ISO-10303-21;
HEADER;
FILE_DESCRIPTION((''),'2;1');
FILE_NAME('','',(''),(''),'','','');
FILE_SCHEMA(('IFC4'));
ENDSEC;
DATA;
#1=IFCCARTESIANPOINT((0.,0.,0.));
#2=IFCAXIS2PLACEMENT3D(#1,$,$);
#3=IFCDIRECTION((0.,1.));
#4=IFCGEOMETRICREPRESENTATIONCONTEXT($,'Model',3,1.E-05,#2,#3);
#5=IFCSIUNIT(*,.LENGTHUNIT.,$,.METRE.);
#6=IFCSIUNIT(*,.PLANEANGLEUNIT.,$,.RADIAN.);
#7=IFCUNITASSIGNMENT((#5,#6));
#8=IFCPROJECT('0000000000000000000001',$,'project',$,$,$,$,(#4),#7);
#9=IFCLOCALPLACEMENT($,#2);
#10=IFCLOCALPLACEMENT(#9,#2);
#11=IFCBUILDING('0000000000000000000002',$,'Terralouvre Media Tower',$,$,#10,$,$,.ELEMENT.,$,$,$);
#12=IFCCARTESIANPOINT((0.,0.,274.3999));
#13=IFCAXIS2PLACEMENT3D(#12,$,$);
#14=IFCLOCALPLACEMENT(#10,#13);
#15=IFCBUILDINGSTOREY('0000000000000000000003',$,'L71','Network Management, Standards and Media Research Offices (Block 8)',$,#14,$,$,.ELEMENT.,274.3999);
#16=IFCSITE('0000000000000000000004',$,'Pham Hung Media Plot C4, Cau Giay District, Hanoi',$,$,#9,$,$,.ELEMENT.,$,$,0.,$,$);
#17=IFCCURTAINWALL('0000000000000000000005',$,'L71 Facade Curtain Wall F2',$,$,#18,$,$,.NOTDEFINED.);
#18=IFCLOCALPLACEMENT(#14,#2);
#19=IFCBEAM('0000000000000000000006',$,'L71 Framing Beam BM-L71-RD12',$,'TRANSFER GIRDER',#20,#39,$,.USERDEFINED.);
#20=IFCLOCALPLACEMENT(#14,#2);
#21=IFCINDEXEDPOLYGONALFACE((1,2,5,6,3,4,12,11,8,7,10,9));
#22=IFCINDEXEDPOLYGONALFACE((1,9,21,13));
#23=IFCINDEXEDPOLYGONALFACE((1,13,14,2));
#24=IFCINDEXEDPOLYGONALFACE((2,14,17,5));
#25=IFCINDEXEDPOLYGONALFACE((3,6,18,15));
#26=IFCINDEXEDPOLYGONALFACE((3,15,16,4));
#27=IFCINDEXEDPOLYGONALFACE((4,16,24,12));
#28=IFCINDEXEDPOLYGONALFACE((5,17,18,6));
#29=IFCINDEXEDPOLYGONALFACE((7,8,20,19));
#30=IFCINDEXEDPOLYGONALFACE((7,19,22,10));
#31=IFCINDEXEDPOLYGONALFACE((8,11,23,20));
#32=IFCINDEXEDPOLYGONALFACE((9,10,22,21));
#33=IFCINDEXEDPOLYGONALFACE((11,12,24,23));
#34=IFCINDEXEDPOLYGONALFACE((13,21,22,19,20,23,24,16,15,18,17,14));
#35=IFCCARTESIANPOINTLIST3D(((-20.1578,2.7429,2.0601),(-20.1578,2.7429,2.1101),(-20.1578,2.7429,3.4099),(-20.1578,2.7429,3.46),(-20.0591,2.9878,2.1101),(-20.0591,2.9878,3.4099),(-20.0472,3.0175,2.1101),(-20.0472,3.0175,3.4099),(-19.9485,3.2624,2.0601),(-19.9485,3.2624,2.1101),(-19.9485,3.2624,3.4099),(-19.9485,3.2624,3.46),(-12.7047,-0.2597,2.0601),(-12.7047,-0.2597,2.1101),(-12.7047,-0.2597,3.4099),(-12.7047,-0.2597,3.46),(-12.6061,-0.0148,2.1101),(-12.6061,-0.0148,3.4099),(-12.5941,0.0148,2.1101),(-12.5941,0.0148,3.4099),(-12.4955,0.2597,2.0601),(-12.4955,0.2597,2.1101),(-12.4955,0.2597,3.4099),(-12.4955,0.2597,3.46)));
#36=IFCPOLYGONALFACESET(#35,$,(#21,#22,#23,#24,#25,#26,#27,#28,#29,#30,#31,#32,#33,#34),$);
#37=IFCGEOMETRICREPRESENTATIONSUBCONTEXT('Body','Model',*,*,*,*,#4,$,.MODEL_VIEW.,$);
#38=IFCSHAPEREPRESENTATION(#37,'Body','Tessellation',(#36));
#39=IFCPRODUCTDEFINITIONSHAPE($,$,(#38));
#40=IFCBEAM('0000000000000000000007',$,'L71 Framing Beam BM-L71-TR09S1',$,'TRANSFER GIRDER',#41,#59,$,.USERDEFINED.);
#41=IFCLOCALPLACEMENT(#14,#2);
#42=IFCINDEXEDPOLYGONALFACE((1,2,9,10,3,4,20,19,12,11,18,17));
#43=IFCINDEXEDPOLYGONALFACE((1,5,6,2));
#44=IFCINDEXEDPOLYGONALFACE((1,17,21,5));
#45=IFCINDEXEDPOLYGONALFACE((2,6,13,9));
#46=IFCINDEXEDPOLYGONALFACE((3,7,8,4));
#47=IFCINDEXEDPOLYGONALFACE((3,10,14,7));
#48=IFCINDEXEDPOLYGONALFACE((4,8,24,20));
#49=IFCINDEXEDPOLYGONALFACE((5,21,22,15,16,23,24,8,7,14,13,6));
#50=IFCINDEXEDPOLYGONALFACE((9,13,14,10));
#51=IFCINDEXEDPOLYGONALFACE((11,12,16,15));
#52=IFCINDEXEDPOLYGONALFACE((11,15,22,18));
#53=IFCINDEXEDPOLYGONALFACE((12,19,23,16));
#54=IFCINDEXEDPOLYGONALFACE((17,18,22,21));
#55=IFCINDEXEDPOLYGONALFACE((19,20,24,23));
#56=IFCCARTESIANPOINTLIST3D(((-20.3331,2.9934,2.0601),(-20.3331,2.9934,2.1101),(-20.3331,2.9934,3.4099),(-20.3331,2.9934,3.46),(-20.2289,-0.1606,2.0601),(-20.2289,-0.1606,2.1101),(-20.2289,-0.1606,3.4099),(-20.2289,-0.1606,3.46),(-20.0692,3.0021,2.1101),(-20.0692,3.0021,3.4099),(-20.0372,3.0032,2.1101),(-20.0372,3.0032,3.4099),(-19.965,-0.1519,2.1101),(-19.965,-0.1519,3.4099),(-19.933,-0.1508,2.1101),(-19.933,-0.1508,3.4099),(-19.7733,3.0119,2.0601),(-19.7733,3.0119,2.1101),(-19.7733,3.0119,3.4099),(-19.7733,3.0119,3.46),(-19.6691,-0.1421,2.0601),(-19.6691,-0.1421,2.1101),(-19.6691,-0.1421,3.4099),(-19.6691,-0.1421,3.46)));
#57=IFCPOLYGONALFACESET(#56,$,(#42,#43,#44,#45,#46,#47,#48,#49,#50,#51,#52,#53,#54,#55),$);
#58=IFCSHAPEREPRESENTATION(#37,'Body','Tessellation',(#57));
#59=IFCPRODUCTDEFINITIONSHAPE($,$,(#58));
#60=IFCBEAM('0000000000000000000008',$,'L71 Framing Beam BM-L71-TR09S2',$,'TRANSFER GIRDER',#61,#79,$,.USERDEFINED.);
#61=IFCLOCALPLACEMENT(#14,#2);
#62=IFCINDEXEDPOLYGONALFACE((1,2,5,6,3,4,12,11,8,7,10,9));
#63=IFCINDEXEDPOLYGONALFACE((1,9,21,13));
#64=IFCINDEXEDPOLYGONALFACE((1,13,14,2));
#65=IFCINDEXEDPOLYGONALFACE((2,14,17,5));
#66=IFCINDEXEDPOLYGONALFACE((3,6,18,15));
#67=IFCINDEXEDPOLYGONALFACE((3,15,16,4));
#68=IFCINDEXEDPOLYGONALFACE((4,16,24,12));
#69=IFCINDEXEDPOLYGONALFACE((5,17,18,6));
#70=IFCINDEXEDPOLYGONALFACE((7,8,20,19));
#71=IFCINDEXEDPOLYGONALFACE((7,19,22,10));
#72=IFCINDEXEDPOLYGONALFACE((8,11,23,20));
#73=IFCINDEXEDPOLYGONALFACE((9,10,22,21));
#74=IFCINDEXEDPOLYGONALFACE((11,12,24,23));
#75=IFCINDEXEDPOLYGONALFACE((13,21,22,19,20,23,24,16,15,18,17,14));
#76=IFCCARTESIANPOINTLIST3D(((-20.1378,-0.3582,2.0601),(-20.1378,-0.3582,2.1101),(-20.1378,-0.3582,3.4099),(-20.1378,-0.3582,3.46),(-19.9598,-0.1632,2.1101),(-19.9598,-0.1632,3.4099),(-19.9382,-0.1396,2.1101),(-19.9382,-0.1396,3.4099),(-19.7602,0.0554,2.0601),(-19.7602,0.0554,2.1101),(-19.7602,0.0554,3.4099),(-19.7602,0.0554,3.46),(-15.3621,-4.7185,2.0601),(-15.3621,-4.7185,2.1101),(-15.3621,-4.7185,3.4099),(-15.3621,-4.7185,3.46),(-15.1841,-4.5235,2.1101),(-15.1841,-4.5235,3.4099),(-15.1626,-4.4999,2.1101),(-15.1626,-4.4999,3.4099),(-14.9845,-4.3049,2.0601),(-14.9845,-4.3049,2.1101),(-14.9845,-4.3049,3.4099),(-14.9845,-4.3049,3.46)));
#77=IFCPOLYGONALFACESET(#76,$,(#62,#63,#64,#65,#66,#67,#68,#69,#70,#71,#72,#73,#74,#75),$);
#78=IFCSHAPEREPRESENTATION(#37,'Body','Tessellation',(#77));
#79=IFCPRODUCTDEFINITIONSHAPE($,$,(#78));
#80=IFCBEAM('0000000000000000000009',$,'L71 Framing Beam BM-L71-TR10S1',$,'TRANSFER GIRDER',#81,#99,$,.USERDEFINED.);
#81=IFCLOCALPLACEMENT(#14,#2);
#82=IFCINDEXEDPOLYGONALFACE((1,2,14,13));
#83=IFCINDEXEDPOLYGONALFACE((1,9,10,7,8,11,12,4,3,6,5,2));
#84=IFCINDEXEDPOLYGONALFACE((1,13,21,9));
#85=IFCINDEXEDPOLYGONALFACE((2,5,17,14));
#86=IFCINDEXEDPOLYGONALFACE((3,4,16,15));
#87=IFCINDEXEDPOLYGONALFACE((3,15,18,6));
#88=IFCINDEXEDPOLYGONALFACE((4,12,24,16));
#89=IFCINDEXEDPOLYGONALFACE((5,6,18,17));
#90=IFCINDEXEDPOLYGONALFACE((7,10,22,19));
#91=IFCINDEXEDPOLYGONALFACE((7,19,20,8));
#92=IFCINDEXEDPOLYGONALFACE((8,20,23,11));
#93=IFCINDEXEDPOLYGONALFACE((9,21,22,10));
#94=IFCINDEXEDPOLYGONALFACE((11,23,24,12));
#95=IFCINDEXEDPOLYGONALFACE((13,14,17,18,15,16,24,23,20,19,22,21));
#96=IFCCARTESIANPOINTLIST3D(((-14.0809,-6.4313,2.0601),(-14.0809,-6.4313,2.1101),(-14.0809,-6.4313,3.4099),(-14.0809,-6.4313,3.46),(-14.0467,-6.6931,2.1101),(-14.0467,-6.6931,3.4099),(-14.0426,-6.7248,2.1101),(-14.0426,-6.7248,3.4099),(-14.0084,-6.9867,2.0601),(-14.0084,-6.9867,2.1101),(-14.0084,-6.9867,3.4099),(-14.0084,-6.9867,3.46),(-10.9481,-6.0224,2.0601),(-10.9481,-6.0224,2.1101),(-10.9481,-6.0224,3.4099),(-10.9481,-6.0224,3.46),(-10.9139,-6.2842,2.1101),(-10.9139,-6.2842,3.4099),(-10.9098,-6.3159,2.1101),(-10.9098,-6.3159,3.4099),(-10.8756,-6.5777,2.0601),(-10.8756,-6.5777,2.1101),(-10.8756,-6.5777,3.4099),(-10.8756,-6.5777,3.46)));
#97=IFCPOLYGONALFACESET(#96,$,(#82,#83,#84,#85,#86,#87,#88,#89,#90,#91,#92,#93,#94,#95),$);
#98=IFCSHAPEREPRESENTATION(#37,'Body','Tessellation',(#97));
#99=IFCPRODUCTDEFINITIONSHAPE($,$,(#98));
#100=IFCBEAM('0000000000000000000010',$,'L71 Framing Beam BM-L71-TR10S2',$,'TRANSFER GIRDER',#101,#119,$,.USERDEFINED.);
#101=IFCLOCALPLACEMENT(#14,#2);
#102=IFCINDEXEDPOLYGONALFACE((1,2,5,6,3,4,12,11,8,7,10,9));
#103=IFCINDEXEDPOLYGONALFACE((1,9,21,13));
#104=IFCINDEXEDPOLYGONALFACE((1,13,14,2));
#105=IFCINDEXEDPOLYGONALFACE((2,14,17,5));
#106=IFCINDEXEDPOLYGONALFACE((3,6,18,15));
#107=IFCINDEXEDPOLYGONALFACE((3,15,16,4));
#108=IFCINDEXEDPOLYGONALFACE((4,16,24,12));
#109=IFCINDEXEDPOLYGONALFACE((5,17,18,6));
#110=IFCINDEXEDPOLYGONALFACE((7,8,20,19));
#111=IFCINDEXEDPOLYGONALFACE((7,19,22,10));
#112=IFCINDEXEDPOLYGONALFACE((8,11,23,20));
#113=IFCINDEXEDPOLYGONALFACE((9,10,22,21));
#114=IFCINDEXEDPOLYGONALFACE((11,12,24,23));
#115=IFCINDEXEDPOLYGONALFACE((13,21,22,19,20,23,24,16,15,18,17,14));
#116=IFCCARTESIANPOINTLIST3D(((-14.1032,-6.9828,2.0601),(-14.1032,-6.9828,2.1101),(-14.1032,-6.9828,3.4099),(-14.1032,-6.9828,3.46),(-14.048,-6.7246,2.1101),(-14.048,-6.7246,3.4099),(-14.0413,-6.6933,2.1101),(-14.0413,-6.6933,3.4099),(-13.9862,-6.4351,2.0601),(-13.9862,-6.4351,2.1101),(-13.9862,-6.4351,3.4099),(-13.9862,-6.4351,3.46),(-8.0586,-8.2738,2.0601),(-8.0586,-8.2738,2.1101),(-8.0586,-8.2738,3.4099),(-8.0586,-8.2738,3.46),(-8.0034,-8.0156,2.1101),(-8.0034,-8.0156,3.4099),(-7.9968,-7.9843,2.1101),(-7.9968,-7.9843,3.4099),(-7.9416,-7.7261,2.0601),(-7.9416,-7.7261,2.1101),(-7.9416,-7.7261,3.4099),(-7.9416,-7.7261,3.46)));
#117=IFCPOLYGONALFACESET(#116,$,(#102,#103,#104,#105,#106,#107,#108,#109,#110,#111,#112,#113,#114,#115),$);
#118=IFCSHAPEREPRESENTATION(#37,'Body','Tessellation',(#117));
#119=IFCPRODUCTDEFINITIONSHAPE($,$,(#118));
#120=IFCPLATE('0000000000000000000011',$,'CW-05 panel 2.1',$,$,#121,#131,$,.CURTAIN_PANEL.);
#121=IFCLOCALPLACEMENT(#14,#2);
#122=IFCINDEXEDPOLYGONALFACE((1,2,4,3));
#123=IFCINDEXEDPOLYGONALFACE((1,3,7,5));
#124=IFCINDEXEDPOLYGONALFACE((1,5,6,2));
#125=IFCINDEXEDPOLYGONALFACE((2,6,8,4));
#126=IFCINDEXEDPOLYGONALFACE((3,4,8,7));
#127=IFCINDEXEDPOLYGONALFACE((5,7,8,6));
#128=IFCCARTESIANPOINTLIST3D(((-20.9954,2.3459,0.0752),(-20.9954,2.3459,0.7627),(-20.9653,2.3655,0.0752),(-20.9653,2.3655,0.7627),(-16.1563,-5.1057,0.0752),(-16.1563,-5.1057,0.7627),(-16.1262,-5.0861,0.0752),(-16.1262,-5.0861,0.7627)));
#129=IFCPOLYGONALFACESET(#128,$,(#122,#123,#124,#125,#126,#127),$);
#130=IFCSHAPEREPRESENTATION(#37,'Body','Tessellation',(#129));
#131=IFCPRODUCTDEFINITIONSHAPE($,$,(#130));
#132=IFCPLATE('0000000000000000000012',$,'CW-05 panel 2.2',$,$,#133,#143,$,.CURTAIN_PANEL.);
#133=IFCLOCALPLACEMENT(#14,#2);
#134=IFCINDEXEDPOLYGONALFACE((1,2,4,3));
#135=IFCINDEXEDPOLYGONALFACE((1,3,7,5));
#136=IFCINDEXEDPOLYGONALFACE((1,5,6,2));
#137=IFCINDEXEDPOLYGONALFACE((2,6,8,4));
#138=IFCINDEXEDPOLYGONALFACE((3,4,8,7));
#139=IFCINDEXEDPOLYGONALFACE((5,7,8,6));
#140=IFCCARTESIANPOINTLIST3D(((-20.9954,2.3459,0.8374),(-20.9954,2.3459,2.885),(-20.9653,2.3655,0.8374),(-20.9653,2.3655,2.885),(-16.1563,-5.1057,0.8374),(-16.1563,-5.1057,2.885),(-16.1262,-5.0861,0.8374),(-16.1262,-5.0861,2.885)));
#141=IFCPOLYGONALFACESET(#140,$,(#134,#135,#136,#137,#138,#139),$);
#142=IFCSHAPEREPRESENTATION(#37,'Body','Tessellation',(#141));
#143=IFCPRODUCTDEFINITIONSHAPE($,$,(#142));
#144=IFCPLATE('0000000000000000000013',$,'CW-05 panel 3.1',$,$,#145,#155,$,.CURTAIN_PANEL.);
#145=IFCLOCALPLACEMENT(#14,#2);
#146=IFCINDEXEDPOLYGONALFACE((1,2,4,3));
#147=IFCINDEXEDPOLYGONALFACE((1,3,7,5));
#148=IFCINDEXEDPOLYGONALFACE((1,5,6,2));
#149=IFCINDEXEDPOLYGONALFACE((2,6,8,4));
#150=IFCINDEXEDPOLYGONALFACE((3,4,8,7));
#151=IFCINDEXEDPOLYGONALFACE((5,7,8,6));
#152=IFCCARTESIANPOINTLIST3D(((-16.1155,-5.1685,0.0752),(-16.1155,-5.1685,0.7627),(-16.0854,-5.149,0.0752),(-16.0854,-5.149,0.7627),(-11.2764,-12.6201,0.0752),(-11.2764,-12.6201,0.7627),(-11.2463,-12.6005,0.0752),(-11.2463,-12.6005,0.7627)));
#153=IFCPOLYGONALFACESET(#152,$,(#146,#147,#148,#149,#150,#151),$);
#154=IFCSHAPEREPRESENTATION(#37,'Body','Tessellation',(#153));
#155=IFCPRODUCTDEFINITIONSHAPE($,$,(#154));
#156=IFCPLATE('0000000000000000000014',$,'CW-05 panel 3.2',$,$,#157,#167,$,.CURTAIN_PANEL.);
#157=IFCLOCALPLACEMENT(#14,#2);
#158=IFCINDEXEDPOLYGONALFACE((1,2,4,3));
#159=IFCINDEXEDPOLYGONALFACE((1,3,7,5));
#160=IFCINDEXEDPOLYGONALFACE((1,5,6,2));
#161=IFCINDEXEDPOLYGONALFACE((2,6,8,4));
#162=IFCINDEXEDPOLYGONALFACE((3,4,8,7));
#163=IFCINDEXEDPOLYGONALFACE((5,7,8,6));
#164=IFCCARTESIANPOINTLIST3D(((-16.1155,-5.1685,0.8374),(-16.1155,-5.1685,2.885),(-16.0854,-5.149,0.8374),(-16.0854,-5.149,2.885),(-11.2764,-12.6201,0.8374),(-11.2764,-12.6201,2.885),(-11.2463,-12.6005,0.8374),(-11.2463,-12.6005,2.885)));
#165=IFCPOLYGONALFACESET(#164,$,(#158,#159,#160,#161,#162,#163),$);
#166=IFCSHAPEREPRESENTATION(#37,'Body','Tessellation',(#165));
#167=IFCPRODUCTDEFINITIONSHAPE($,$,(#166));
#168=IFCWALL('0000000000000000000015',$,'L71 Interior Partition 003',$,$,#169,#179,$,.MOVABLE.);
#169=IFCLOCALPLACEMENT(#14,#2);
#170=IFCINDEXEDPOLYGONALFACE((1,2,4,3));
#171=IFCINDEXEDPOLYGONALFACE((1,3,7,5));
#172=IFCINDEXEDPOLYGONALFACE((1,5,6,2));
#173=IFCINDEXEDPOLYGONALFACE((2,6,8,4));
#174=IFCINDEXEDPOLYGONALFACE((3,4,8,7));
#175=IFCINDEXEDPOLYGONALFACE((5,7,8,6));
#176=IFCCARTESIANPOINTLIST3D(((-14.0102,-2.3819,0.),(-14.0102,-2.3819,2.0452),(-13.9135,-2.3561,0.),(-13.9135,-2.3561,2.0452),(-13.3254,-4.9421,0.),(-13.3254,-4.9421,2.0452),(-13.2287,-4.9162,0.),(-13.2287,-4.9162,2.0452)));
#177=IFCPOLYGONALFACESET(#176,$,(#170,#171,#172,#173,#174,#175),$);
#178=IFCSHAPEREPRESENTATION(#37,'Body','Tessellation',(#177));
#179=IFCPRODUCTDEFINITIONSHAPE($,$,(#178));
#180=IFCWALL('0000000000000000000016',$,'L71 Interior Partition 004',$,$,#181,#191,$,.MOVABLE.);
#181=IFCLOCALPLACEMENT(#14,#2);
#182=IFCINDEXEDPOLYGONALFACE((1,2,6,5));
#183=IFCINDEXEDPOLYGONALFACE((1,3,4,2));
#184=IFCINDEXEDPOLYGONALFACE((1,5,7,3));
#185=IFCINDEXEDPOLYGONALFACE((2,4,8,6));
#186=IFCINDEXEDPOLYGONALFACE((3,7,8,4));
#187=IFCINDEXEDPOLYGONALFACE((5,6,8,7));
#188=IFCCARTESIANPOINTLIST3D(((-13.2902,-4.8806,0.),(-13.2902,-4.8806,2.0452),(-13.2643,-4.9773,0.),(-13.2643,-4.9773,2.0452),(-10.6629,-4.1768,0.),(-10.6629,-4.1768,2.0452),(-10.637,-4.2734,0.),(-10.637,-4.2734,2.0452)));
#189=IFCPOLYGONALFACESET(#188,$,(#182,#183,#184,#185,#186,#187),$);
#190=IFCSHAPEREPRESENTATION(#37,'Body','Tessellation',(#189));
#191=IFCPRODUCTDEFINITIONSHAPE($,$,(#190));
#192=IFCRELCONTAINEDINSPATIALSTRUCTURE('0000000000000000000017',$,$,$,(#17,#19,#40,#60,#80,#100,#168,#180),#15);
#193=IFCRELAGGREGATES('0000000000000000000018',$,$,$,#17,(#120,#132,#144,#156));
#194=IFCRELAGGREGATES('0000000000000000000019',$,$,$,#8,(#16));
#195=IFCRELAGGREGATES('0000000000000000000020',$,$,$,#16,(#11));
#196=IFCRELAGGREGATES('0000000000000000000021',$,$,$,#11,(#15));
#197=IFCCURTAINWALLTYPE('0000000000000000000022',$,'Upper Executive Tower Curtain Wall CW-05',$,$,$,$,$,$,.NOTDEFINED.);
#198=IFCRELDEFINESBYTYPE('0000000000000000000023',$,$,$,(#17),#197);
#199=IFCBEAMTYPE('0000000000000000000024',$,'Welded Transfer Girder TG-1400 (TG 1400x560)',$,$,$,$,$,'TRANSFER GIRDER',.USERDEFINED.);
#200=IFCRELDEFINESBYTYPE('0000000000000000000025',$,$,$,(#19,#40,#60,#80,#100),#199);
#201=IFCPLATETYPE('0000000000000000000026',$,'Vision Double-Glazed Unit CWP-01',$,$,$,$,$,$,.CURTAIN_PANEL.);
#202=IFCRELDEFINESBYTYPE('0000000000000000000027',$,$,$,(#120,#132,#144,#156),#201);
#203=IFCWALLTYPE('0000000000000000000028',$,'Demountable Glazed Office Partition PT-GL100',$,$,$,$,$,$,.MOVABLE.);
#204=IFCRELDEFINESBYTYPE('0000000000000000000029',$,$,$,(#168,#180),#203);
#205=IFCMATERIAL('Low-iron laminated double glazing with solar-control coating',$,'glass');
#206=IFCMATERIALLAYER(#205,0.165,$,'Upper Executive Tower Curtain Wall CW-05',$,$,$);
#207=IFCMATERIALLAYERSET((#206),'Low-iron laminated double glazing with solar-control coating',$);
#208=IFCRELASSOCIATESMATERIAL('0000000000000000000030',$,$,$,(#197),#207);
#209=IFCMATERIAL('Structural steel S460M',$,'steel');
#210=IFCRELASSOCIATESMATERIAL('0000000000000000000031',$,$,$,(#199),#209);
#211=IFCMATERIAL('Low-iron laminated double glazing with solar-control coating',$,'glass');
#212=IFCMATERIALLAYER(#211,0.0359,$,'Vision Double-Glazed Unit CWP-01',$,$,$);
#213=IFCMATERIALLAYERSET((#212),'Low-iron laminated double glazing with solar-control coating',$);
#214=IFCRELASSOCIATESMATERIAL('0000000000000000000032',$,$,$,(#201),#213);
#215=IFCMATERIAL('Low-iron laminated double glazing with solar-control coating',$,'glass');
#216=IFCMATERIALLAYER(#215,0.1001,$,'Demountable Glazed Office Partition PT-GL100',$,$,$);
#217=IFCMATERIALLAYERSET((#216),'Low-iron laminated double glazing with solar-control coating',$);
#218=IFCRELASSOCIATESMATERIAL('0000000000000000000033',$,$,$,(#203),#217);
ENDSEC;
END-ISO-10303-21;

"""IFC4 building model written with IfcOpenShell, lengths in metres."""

from ifc_helpers import new_model, si_unit, direction, frame, frame_2d, origin, origin_2d, place, context, subcontext, project, spatial, rectangle, i_section, extrude, material, layer, layer_set, material_profile, profile_set, type_object, element, aggregate, save


model = new_model("IFC4")

# Units and contexts
model_context = context("Model", 3, precision=1e-05, world=origin(), true_north=direction((0.0, 1.0)))
body_context = subcontext(model_context, "Body", "Model", "MODEL_VIEW")
ifc_project = project(units=[si_unit("LENGTHUNIT", "METRE"), si_unit("PLANEANGLEUNIT", "RADIAN")], contexts=[model_context])

# Site, building, storey
site_placement = place(None, origin())
site = spatial("IfcSite", under=ifc_project, at=site_placement, Name="Pham Hung Media Plot C4, Cau Giay District, Hanoi", CompositionType="ELEMENT", RefElevation=0.0)
building_placement = place(site_placement, origin())
building = spatial("IfcBuilding", under=site, at=building_placement, Name="Terralouvre Media Tower", CompositionType="ELEMENT")
storey_placement = place(building_placement, frame((0.0, 0.0, 274.3999)))
storey = spatial("IfcBuildingStorey", under=building, at=storey_placement, Name="L71", Description="Network Management, Standards and Media Research Offices (Block 8)", CompositionType="ELEMENT", Elevation=274.3999)

# Curtain wall
ifc_material_1 = material(Name="Low-iron laminated double glazing with solar-control coating", Category="glass")
ifc_layer_1 = layer(ifc_material_1, 0.165, Name="Upper Executive Tower Curtain Wall CW-05")
ifc_layer_set_1 = layer_set([ifc_layer_1], Name="Low-iron laminated double glazing with solar-control coating")
curtain_wall_type = type_object("IfcCurtainWallType", Name="Upper Executive Tower Curtain Wall CW-05", PredefinedType="NOTDEFINED", material=ifc_layer_set_1)
curtain_wall_placement = place(storey_placement, origin())
curtain_wall = element("IfcCurtainWall", 1, at=curtain_wall_placement, inside=storey, type_object=curtain_wall_type, Name="L71 Facade Curtain Wall F2", PredefinedType="NOTDEFINED")

# Beams
ifc_material_2 = material(Name="Structural steel S460M", Category="steel")
ifc_material_profile_1 = material_profile(ifc_material_2, i_section(OverallWidth=0.5601, OverallDepth=1.3999, WebThickness=0.032, FlangeThickness=0.05, at=origin_2d()), Name="TG 1400x560")
ifc_profile_set_1 = profile_set([ifc_material_profile_1], Name="Structural steel S460M")
beam_type_1 = type_object("IfcBeamType", Name="Welded Transfer Girder TG-1400 (TG 1400x560)", ElementType="TRANSFER GIRDER", PredefinedType="USERDEFINED", material=ifc_profile_set_1)
beam_1_placement = place(storey_placement, frame((-12.6001, 0.0, 2.76), z_axis=(-0.927554, 0.373689, 0.0), x_axis=(-0.373689, -0.927554, 0.0)))
element("IfcBeam", 2, at=beam_1_placement, inside=storey, type_object=beam_type_1, Name="L71 Framing Beam BM-L71-RD12", ObjectType="TRANSFER GIRDER", PredefinedType="USERDEFINED", context=body_context, shape_type="SweptSolid", body=[
    extrude(i_section(OverallWidth=0.5601, OverallDepth=1.3999, WebThickness=0.032, FlangeThickness=0.05, at=origin_2d()), origin(), (0.0, 0.0, 1.0), 8.0352),
])
beam_2_placement = place(storey_placement, frame((-19.949, -0.1514, 2.76), z_axis=(-0.033034, 0.999454, 0.0), x_axis=(-0.999454, -0.033034, 0.0)))
element("IfcBeam", 3, at=beam_2_placement, inside=storey, type_object=beam_type_1, Name="L71 Framing Beam BM-L71-TR09S1", ObjectType="TRANSFER GIRDER", PredefinedType="USERDEFINED", context=body_context, shape_type="SweptSolid", body=[
    extrude(i_section(OverallWidth=0.5601, OverallDepth=1.3999, WebThickness=0.032, FlangeThickness=0.05, at=origin_2d()), origin(), (0.0, 0.0, 1.0), 3.1558),
])
beam_3_placement = place(storey_placement, frame((-19.949, -0.1514, 2.76), z_axis=(0.738486, -0.674268, 0.0), x_axis=(0.674268, 0.738486, 0.0)))
element("IfcBeam", 4, at=beam_3_placement, inside=storey, type_object=beam_type_1, Name="L71 Framing Beam BM-L71-TR09S2", ObjectType="TRANSFER GIRDER", PredefinedType="USERDEFINED", context=body_context, shape_type="SweptSolid", body=[
    extrude(i_section(OverallWidth=0.5601, OverallDepth=1.3999, WebThickness=0.032, FlangeThickness=0.05, at=origin_2d()), origin(), (0.0, 0.0, 1.0), 6.4668),
])
beam_4_placement = place(storey_placement, frame((-14.0447, -6.709, 2.76), z_axis=(0.991588, 0.129435, 0.0), x_axis=(-0.129435, 0.991588, 0.0)))
element("IfcBeam", 5, at=beam_4_placement, inside=storey, type_object=beam_type_1, Name="L71 Framing Beam BM-L71-TR10S1", ObjectType="TRANSFER GIRDER", PredefinedType="USERDEFINED", context=body_context, shape_type="SweptSolid", body=[
    extrude(i_section(OverallWidth=0.5601, OverallDepth=1.3999, WebThickness=0.032, FlangeThickness=0.05, at=origin_2d()), origin(), (0.0, 0.0, 1.0), 3.1594),
])
beam_5_placement = place(storey_placement, frame((-14.0447, -6.709, 2.76), z_axis=(0.977944, -0.208868, 0.0), x_axis=(0.208868, 0.977944, 0.0)))
element("IfcBeam", 6, at=beam_5_placement, inside=storey, type_object=beam_type_1, Name="L71 Framing Beam BM-L71-TR10S2", ObjectType="TRANSFER GIRDER", PredefinedType="USERDEFINED", context=body_context, shape_type="SweptSolid", body=[
    extrude(i_section(OverallWidth=0.5601, OverallDepth=1.3999, WebThickness=0.032, FlangeThickness=0.05, at=origin_2d()), origin(), (0.0, 0.0, 1.0), 6.1809),
])

# Plates
ifc_material_3 = material(Name="Low-iron laminated double glazing with solar-control coating", Category="glass")
ifc_layer_2 = layer(ifc_material_3, 0.0359, Name="Vision Double-Glazed Unit CWP-01")
ifc_layer_set_2 = layer_set([ifc_layer_2], Name="Low-iron laminated double glazing with solar-control coating")
plate_type = type_object("IfcPlateType", Name="Vision Double-Glazed Unit CWP-01", PredefinedType="CURTAIN_PANEL", material=ifc_layer_set_2)
plate_1_placement = place(storey_placement, frame((-18.5608, -1.3701, 0.0752), z_axis=(0.0, 0.0, 1.0), x_axis=(0.544639, -0.838671, 0.0)))
plate_1 = element("IfcPlate", 7, at=plate_1_placement, type_object=plate_type, Name="CW-05 panel 2.1", PredefinedType="CURTAIN_PANEL", context=body_context, shape_type="SweptSolid", body=[
    extrude(rectangle(XDim=8.885, YDim=0.0359, at=origin_2d()), origin(), (0.0, 0.0, 1.0), 0.6875),
])
plate_2_placement = place(storey_placement, frame((-18.5608, -1.3701, 0.8374), z_axis=(0.0, 0.0, 1.0), x_axis=(0.544639, -0.838671, 0.0)))
plate_2 = element("IfcPlate", 8, at=plate_2_placement, type_object=plate_type, Name="CW-05 panel 2.2", PredefinedType="CURTAIN_PANEL", context=body_context, shape_type="SweptSolid", body=[
    extrude(rectangle(XDim=8.885, YDim=0.0359, at=origin_2d()), origin(), (0.0, 0.0, 1.0), 2.0476),
])
plate_3_placement = place(storey_placement, frame((-13.6809, -8.8845, 0.0752), z_axis=(0.0, 0.0, 1.0), x_axis=(0.544639, -0.838671, 0.0)))
plate_3 = element("IfcPlate", 9, at=plate_3_placement, type_object=plate_type, Name="CW-05 panel 3.1", PredefinedType="CURTAIN_PANEL", context=body_context, shape_type="SweptSolid", body=[
    extrude(rectangle(XDim=8.885, YDim=0.0359, at=origin_2d()), origin(), (0.0, 0.0, 1.0), 0.6875),
])
plate_4_placement = place(storey_placement, frame((-13.6809, -8.8845, 0.8374), z_axis=(0.0, 0.0, 1.0), x_axis=(0.544639, -0.838671, 0.0)))
plate_4 = element("IfcPlate", 10, at=plate_4_placement, type_object=plate_type, Name="CW-05 panel 3.2", PredefinedType="CURTAIN_PANEL", context=body_context, shape_type="SweptSolid", body=[
    extrude(rectangle(XDim=8.885, YDim=0.0359, at=origin_2d()), origin(), (0.0, 0.0, 1.0), 2.0476),
])
aggregate(curtain_wall, [plate_1, plate_2, plate_3, plate_4])

# Walls
ifc_material_4 = material(Name="Low-iron laminated double glazing with solar-control coating", Category="glass")
ifc_layer_3 = layer(ifc_material_4, 0.1001, Name="Demountable Glazed Office Partition PT-GL100")
ifc_layer_set_3 = layer_set([ifc_layer_3], Name="Low-iron laminated double glazing with solar-control coating")
wall_type = type_object("IfcWallType", Name="Demountable Glazed Office Partition PT-GL100", PredefinedType="MOVABLE", material=ifc_layer_set_3)
wall_1_placement = place(storey_placement, frame((-13.9619, -2.3689, 0.0), z_axis=(0.0, 0.0, 1.0), x_axis=(0.258414, -0.966034, 0.0)))
element("IfcWall", 11, at=wall_1_placement, inside=storey, type_object=wall_type, Name="L71 Interior Partition 003", PredefinedType="MOVABLE", context=body_context, shape_type="SweptSolid", body=[
    extrude(rectangle(XDim=2.6501, YDim=0.1001, at=frame_2d((1.3252, 0.0))), origin(), (0.0, 0.0, 1.0), 2.0452),
])
wall_2_placement = place(storey_placement, frame((-13.2771, -4.929, 0.0), z_axis=(0.0, 0.0, 1.0), x_axis=(0.965935, 0.258785, 0.0)))
element("IfcWall", 12, at=wall_2_placement, inside=storey, type_object=wall_type, Name="L71 Interior Partition 004", PredefinedType="MOVABLE", context=body_context, shape_type="SweptSolid", body=[
    extrude(rectangle(XDim=2.72, YDim=0.1001, at=frame_2d((1.3599, 0.0))), origin(), (0.0, 0.0, 1.0), 2.0452),
])

save(model, "model.ifc")
